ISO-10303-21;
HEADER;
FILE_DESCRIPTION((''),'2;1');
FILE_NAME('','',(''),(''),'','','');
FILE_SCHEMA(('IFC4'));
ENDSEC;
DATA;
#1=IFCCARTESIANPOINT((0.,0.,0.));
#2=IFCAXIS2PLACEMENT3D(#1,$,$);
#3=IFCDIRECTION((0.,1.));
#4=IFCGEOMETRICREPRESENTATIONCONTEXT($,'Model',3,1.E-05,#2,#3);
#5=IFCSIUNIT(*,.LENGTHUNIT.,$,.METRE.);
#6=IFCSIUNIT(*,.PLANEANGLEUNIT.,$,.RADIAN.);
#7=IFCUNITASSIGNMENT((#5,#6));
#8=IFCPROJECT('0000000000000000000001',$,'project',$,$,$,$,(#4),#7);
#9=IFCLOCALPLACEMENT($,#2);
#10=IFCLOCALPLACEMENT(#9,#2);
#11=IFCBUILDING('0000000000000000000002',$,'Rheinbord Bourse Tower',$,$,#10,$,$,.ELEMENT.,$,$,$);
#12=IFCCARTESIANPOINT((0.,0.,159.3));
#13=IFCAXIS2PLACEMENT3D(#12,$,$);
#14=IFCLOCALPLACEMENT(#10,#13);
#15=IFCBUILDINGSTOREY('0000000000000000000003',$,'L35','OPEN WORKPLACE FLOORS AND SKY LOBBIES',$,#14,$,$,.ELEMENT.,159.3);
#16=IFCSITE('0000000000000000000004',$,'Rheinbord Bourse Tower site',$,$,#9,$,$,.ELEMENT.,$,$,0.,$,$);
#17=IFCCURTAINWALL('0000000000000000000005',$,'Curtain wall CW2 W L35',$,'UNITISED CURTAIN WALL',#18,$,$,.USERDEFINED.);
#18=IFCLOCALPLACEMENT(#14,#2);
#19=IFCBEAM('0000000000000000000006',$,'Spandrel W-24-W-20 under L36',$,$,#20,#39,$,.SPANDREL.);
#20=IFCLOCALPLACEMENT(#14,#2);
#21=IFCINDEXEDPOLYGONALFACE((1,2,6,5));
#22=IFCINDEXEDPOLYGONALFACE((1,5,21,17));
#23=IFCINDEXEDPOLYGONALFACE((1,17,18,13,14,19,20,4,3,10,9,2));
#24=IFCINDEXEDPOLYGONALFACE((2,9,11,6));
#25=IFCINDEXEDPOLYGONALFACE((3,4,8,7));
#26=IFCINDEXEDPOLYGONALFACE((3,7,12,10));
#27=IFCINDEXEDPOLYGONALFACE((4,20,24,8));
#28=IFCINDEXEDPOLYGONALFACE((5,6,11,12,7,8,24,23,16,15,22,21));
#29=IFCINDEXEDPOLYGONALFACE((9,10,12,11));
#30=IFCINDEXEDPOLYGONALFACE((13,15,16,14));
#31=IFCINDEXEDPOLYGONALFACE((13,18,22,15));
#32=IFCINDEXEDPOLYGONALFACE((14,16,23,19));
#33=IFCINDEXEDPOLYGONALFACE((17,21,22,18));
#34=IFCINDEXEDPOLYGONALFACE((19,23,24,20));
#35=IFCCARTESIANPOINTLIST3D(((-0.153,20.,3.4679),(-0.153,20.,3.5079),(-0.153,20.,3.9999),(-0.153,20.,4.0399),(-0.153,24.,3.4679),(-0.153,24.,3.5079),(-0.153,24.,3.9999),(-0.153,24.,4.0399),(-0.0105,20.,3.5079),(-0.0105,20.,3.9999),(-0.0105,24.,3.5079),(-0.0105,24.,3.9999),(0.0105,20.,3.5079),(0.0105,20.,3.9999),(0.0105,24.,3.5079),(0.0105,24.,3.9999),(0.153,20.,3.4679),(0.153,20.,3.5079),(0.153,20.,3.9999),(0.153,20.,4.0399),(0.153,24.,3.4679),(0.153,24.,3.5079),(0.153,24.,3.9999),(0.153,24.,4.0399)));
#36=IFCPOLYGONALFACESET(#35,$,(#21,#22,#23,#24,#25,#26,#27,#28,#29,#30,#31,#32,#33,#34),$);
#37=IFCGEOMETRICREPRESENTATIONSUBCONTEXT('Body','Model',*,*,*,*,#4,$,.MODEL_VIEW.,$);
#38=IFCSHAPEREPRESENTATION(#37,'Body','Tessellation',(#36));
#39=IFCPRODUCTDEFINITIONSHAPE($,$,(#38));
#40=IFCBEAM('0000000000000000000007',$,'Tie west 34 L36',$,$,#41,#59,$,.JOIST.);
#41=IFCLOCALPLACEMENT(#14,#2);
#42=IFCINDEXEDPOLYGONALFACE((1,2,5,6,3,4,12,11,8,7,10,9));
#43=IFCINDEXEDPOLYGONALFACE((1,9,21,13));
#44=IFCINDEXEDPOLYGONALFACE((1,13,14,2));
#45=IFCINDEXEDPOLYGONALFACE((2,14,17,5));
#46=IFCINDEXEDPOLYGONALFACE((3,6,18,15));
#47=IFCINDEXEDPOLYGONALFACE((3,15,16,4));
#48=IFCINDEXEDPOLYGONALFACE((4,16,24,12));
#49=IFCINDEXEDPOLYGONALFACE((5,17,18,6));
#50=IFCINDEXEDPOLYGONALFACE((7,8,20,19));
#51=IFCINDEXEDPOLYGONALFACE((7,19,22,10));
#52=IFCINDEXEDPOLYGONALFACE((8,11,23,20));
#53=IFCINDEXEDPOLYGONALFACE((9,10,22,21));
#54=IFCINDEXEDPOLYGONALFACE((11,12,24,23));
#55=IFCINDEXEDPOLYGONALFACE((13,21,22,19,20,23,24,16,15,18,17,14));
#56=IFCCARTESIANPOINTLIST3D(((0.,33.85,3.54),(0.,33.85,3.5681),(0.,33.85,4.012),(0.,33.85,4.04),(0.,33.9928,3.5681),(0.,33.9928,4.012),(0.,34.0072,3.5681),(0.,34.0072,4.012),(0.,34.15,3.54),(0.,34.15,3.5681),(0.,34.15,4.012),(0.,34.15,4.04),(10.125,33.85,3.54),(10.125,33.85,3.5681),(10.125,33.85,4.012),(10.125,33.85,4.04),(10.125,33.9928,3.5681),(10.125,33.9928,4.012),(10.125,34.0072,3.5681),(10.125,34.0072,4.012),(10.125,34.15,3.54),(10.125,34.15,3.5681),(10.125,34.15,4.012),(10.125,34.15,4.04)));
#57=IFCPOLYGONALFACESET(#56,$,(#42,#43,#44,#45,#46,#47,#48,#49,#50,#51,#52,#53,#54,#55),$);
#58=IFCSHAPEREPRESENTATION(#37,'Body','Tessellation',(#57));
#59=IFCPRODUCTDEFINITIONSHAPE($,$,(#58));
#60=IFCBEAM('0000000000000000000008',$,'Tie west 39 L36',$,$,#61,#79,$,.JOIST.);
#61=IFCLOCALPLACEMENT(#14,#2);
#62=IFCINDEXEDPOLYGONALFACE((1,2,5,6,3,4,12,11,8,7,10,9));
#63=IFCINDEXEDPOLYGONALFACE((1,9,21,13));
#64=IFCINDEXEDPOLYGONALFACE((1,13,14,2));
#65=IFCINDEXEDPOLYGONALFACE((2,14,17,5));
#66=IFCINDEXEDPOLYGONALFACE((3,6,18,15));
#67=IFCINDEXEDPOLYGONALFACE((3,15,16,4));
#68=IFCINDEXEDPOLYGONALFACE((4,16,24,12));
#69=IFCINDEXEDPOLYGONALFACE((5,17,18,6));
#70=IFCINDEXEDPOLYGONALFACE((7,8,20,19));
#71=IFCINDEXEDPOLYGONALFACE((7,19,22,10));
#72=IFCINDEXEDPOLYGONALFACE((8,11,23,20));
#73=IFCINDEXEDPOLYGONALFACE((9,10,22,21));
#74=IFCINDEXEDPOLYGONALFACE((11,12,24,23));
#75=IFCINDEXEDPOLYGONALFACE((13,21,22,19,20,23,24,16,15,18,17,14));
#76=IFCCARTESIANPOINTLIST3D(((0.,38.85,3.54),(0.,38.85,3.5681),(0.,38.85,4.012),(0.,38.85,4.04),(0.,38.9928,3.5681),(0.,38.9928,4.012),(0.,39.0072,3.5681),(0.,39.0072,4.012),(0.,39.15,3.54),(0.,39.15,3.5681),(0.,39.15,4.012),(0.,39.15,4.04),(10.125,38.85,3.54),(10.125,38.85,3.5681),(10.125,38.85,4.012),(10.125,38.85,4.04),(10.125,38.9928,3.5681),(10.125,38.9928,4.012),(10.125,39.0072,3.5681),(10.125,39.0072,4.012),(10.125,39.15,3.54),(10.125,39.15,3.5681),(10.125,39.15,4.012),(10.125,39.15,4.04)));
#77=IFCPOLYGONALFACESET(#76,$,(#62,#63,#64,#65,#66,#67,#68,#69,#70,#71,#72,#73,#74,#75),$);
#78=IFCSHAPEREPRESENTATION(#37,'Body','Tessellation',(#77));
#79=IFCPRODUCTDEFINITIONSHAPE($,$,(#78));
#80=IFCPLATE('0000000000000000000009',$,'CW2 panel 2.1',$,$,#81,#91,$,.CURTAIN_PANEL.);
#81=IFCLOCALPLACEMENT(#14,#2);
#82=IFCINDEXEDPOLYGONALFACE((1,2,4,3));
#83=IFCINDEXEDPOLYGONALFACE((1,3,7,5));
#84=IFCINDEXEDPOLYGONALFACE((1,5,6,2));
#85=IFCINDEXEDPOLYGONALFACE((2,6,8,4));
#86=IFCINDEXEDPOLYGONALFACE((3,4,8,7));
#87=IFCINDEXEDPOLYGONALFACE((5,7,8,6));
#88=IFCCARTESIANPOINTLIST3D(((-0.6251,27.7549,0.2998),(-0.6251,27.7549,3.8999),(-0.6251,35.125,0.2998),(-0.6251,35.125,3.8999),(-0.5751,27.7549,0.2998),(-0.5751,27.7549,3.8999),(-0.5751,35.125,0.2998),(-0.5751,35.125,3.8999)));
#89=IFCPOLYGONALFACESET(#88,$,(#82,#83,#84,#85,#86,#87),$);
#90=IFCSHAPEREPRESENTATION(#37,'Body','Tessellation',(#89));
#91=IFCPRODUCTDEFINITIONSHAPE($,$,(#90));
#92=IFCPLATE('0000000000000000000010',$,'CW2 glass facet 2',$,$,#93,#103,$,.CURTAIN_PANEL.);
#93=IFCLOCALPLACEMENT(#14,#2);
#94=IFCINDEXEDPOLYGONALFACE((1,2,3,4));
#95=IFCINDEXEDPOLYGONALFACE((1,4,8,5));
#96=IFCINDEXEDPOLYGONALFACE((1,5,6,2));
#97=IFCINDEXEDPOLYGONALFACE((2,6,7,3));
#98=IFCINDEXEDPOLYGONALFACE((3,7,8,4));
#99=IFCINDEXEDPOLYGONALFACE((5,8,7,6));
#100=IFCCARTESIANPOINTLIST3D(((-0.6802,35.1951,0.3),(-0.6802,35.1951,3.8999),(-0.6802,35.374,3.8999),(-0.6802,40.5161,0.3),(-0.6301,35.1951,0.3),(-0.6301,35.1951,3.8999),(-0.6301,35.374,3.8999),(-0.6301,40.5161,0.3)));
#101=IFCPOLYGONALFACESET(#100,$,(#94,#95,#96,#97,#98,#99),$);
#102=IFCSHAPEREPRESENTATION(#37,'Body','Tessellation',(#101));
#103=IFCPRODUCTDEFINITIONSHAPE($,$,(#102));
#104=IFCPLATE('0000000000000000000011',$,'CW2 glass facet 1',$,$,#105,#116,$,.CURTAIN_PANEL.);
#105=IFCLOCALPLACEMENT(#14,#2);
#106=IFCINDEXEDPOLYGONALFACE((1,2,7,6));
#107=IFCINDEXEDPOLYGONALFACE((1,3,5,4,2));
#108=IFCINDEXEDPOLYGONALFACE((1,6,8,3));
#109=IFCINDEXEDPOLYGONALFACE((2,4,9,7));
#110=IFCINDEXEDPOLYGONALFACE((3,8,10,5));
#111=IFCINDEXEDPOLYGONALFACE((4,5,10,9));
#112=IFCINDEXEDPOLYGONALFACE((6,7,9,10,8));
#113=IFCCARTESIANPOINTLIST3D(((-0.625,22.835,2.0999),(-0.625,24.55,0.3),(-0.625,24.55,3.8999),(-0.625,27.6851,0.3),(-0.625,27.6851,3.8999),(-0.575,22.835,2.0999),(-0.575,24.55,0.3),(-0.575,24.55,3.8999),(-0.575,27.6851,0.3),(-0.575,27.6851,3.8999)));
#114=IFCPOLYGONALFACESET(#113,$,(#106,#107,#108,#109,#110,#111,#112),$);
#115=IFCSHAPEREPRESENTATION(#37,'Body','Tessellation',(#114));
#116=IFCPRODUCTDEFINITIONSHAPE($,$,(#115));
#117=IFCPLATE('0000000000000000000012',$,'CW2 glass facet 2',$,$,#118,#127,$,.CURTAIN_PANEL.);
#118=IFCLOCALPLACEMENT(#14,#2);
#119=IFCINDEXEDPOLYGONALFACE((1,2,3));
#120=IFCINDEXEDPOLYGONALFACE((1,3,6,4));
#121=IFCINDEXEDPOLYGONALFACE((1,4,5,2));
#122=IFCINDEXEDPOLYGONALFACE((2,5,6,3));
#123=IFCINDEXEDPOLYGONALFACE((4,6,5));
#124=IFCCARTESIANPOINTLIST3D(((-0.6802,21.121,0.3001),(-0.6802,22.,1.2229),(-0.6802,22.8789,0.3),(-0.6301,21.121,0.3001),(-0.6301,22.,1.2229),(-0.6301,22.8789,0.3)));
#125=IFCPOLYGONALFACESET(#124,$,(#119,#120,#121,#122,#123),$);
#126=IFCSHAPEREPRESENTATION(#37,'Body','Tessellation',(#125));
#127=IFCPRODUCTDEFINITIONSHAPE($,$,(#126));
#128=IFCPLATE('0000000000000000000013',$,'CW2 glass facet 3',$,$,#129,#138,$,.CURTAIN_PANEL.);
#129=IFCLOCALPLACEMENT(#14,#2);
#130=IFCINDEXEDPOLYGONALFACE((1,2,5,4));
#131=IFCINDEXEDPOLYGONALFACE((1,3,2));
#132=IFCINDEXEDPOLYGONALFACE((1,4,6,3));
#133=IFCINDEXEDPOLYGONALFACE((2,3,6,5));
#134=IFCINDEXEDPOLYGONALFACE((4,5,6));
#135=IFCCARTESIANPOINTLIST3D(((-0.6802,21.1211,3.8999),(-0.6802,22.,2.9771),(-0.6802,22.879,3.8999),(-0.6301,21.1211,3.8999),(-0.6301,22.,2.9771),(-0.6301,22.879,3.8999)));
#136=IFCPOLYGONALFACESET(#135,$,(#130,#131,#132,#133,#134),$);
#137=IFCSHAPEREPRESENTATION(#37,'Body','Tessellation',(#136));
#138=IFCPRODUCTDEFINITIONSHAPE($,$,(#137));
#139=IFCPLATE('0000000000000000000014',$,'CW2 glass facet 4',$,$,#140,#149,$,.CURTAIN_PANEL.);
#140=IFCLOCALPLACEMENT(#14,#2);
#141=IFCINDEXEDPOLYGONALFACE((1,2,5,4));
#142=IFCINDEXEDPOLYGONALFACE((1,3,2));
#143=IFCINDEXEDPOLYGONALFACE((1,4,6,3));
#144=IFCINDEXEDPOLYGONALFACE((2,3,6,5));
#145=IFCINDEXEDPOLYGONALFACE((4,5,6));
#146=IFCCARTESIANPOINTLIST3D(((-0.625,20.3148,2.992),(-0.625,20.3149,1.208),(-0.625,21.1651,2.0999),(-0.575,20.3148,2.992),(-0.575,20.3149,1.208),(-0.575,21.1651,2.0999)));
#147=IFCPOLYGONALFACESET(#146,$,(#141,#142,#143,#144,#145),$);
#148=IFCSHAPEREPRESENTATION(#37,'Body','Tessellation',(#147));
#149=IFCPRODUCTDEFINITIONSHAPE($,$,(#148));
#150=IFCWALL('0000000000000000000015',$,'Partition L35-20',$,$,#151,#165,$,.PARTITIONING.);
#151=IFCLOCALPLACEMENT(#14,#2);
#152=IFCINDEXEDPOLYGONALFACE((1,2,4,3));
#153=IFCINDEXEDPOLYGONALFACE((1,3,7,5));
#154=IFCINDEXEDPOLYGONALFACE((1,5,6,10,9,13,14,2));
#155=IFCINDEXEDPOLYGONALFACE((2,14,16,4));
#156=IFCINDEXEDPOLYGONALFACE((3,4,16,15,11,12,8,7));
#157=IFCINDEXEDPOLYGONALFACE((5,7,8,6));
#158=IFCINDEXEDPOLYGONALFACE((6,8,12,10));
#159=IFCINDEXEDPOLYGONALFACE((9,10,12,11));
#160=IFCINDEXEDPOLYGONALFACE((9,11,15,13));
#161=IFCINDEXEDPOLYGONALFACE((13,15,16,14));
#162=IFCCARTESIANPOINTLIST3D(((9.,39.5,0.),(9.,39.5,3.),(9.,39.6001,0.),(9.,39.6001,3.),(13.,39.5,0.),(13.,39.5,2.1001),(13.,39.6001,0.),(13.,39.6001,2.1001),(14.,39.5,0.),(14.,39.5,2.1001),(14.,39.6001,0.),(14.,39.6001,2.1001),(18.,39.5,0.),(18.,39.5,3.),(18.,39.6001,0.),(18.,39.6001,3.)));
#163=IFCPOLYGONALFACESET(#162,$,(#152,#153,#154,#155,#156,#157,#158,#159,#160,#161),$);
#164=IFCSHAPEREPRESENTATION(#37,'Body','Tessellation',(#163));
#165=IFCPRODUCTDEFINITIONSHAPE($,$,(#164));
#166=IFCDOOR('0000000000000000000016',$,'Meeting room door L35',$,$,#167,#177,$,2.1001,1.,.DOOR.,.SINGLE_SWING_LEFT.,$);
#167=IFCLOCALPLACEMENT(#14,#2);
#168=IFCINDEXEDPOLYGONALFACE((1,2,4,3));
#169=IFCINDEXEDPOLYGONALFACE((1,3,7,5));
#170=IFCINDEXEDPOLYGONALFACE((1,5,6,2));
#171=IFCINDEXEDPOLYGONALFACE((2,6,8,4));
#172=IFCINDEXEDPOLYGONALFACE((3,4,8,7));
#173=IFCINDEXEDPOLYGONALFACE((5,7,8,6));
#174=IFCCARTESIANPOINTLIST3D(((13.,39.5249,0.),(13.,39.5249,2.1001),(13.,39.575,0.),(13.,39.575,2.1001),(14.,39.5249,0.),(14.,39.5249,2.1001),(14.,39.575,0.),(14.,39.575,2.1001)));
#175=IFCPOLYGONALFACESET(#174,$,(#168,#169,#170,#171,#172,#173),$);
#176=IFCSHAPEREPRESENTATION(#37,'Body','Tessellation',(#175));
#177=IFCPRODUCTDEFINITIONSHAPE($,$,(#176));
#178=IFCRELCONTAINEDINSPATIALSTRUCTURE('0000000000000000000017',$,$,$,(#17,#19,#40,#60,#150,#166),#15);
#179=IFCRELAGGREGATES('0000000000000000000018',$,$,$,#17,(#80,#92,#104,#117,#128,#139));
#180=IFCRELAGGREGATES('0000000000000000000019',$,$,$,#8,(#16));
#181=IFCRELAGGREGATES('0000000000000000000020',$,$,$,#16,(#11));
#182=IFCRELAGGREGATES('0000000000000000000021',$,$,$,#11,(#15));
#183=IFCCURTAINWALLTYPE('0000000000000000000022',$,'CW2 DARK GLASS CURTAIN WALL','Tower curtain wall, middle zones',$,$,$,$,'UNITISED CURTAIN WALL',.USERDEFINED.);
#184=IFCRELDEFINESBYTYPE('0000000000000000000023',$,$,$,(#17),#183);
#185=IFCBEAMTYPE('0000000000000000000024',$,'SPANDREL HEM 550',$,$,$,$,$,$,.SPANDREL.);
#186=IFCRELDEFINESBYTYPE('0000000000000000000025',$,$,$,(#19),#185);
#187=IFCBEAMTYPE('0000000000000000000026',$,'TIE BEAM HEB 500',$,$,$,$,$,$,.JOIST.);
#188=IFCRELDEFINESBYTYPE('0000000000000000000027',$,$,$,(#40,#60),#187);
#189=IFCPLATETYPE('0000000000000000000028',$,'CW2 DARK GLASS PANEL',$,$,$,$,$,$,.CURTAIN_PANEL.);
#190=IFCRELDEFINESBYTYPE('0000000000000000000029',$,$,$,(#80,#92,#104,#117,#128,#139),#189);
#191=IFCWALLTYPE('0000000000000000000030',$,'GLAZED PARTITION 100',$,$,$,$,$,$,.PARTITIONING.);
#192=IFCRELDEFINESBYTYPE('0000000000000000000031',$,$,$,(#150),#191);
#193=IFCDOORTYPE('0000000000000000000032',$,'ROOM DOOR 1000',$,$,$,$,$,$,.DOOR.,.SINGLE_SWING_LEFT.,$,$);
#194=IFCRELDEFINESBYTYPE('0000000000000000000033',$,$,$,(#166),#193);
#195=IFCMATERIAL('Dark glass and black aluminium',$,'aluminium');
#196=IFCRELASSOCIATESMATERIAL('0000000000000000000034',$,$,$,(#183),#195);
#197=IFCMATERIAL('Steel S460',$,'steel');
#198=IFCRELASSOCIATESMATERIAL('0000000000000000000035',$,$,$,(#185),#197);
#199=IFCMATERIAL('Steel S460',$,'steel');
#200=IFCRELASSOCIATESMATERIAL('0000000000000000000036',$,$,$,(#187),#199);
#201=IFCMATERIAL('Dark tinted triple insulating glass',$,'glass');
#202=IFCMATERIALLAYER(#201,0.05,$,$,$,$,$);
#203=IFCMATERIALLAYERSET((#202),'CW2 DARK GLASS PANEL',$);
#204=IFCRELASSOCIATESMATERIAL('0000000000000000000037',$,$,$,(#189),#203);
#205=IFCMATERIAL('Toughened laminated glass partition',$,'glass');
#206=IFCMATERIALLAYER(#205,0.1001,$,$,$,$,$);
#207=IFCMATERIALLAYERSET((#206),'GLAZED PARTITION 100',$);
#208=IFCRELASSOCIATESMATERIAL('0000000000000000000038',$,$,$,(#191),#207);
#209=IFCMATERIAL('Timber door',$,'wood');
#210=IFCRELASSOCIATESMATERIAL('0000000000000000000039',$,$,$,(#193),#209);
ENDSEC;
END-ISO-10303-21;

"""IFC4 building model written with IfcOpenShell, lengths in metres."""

from ifc_helpers import new_model, si_unit, direction, frame, frame_2d, origin, origin_2d, place, context, subcontext, project, spatial, polyline, rectangle, i_section, outline, extrude, material, layer, layer_set, material_profile, profile_set, type_object, element, fill, aggregate, save


model = new_model("IFC4")

# Units and contexts
model_context = context("Model", 3, precision=1e-05, world=origin(), true_north=direction((0.0, 1.0)))
body_context = subcontext(model_context, "Body", "Model", "MODEL_VIEW")
ifc_project = project(units=[si_unit("LENGTHUNIT", "METRE"), si_unit("PLANEANGLEUNIT", "RADIAN")], contexts=[model_context])

# Site, building, storey
site_placement = place(None, origin())
site = spatial("IfcSite", under=ifc_project, at=site_placement, Name="Rheinbord Bourse Tower site", CompositionType="ELEMENT", RefElevation=0.0)
building_placement = place(site_placement, origin())
building = spatial("IfcBuilding", under=site, at=building_placement, Name="Rheinbord Bourse Tower", CompositionType="ELEMENT")
storey_placement = place(building_placement, frame((0.0, 0.0, 159.3)))
storey = spatial("IfcBuildingStorey", under=building, at=storey_placement, Name="L35", Description="OPEN WORKPLACE FLOORS AND SKY LOBBIES", CompositionType="ELEMENT", Elevation=159.3)

# Curtain wall
ifc_material_1 = material(Name="Dark glass and black aluminium", Category="aluminium")
curtain_wall_type = type_object("IfcCurtainWallType", Name="CW2 DARK GLASS CURTAIN WALL", Description="Tower curtain wall, middle zones", ElementType="UNITISED CURTAIN WALL", PredefinedType="USERDEFINED", material=ifc_material_1)
curtain_wall_placement = place(storey_placement, origin())
curtain_wall = element("IfcCurtainWall", 1, at=curtain_wall_placement, inside=storey, type_object=curtain_wall_type, Name="Curtain wall CW2 W L35", ObjectType="UNITISED CURTAIN WALL", PredefinedType="USERDEFINED")

# Beams
ifc_material_2 = material(Name="Steel S460", Category="steel")
ifc_material_profile_1 = material_profile(ifc_material_2, i_section(OverallWidth=0.3059, OverallDepth=0.572, WebThickness=0.021, FlangeThickness=0.04, at=origin_2d()), Name="HEM 550")
ifc_profile_set_1 = profile_set([ifc_material_profile_1], Name="Steel S460")
beam_type_1 = type_object("IfcBeamType", Name="SPANDREL HEM 550", PredefinedType="SPANDREL", material=ifc_profile_set_1)
for number, where, z_axis, x_axis, name in (
    (2, (0.0, 24.0, 3.7539), (0.0, -1.0, 0.0), (1.0, 0.0, 0.0), "Spandrel W-24-W-20 under L36"),
):
    element("IfcBeam", number, at=place(storey_placement, frame(where, z_axis=z_axis, x_axis=x_axis)), inside=storey, type_object=beam_type_1, Name=name, PredefinedType="SPANDREL", context=body_context, shape_type="SweptSolid", body=[
        extrude(i_section(OverallWidth=0.3059, OverallDepth=0.572, WebThickness=0.021, FlangeThickness=0.04, at=origin_2d()), origin(), (0.0, 0.0, 1.0), 4.0),
    ])
ifc_material_3 = material(Name="Steel S460", Category="steel")
ifc_material_profile_2 = material_profile(ifc_material_3, i_section(OverallWidth=0.3, OverallDepth=0.5, WebThickness=0.0144, FlangeThickness=0.0281, at=origin_2d()), Name="HEB 500")
ifc_profile_set_2 = profile_set([ifc_material_profile_2], Name="Steel S460")
beam_type_2 = type_object("IfcBeamType", Name="TIE BEAM HEB 500", PredefinedType="JOIST", material=ifc_profile_set_2)
for number, where, z_axis, x_axis, name in (
    (3, (0.0, 34.0, 3.79), (1.0, 0.0, 0.0), (0.0, 1.0, 0.0), "Tie west 34 L36"),
    (4, (0.0, 39.0, 3.79), (1.0, 0.0, 0.0), (0.0, 1.0, 0.0), "Tie west 39 L36"),
):
    element("IfcBeam", number, at=place(storey_placement, frame(where, z_axis=z_axis, x_axis=x_axis)), inside=storey, type_object=beam_type_2, Name=name, PredefinedType="JOIST", context=body_context, shape_type="SweptSolid", body=[
        extrude(i_section(OverallWidth=0.3, OverallDepth=0.5, WebThickness=0.0144, FlangeThickness=0.0281, at=origin_2d()), origin(), (0.0, 0.0, 1.0), 10.125),
    ])

# Plates
ifc_material_4 = material(Name="Dark tinted triple insulating glass", Category="glass")
ifc_layer_1 = layer(ifc_material_4, 0.05)
ifc_layer_set_1 = layer_set([ifc_layer_1], Name="CW2 DARK GLASS PANEL")
plate_type = type_object("IfcPlateType", Name="CW2 DARK GLASS PANEL", PredefinedType="CURTAIN_PANEL", material=ifc_layer_set_1)
plate_1_placement = place(storey_placement, frame((-0.6001, 31.4399, 0.2998), z_axis=(0.0, 0.0, 1.0), x_axis=(0.0, -1.0, 0.0)))
plate_1 = element("IfcPlate", 5, at=plate_1_placement, type_object=plate_type, Name="CW2 panel 2.1", PredefinedType="CURTAIN_PANEL", context=body_context, shape_type="SweptSolid", body=[
    extrude(rectangle(XDim=7.3701, YDim=0.05, at=origin_2d()), origin(), (0.0, 0.0, 1.0), 3.6001),
])
plate_2_placement = place(storey_placement, frame((-0.6802, 35.1951, 3.8999), z_axis=(1.0, 0.0, 0.0), x_axis=(0.0, 0.0, -1.0)))
plate_2 = element("IfcPlate", 6, at=plate_2_placement, type_object=plate_type, Name="CW2 glass facet 2", PredefinedType="CURTAIN_PANEL", context=body_context, shape_type="SweptSolid", body=[
    extrude(outline(polyline([(0.0, 0.0), (3.5999, 0.0), (3.5999, 5.321), (0.0, 0.179), (0.0, 0.0)])), origin(), (0.0, 0.0, 1.0), 0.05),
])
plate_3_placement = place(storey_placement, frame((-0.625, 27.6851, 0.3), z_axis=(1.0, 0.0, 0.0), x_axis=(0.0, 0.0, 1.0)))
plate_3 = element("IfcPlate", 7, at=plate_3_placement, type_object=plate_type, Name="CW2 glass facet 1", PredefinedType="CURTAIN_PANEL", context=body_context, shape_type="SweptSolid", body=[
    extrude(outline(polyline([(0.0, 0.0), (3.5999, 0.0), (3.5999, 3.135), (1.7998, 4.8501), (0.0, 3.135), (0.0, 0.0)])), origin(), (0.0, 0.0, 1.0), 0.05),
])
plate_4_placement = place(storey_placement, frame((-0.6802, 22.8789, 0.3), z_axis=(1.0, 0.0, 0.0), x_axis=(0.0, -0.689655, 0.724138)))
plate_4 = element("IfcPlate", 8, at=plate_4_placement, type_object=plate_type, Name="CW2 glass facet 2", PredefinedType="CURTAIN_PANEL", context=body_context, shape_type="SweptSolid", body=[
    extrude(outline(polyline([(0.0, 0.0), (1.2744, 0.0), (1.2124, 1.2729), (0.0, 0.0)])), origin(), (0.0, 0.0, 1.0), 0.05),
])
plate_5_placement = place(storey_placement, frame((-0.6802, 21.1211, 3.8999), z_axis=(1.0, 0.0, 0.0), x_axis=(0.0, 0.689655, -0.724138)))
plate_5 = element("IfcPlate", 9, at=plate_5_placement, type_object=plate_type, Name="CW2 glass facet 3", PredefinedType="CURTAIN_PANEL", context=body_context, shape_type="SweptSolid", body=[
    extrude(outline(polyline([(0.0, 0.0), (1.2744, 0.0), (1.2124, 1.2729), (0.0, 0.0)])), origin(), (0.0, 0.0, 1.0), 0.05),
])
plate_6_placement = place(storey_placement, frame((-0.625, 20.3149, 1.208), z_axis=(1.0, 0.0, 0.0), x_axis=(0.0, 0.689962, 0.723846)))
plate_6 = element("IfcPlate", 10, at=plate_6_placement, type_object=plate_type, Name="CW2 glass facet 4", PredefinedType="CURTAIN_PANEL", context=body_context, shape_type="SweptSolid", body=[
    extrude(outline(polyline([(0.0, 0.0), (1.2322, 0.0), (1.2913, 1.231), (0.0, 0.0)])), origin(), (0.0, 0.0, 1.0), 0.05),
])
aggregate(curtain_wall, [plate_1, plate_2, plate_3, plate_4, plate_5, plate_6])

# Wall, opening, door
ifc_material_5 = material(Name="Toughened laminated glass partition", Category="glass")
ifc_layer_2 = layer(ifc_material_5, 0.1001)
ifc_layer_set_2 = layer_set([ifc_layer_2], Name="GLAZED PARTITION 100")
wall_type_1 = type_object("IfcWallType", Name="GLAZED PARTITION 100", PredefinedType="PARTITIONING", material=ifc_layer_set_2)
wall_1_placement = place(storey_placement, frame((9.0, 39.55, 0.0), z_axis=(0.0, 0.0, 1.0), x_axis=(1.0, 0.0, 0.0)))
wall_1 = element("IfcWall", 11, at=wall_1_placement, inside=storey, type_object=wall_type_1, Name="Partition L35-20", PredefinedType="PARTITIONING", context=body_context, shape_type="SweptSolid", body=[
    extrude(rectangle(XDim=9.0, YDim=0.1001, at=frame_2d((4.5, 0.0))), origin(), (0.0, 0.0, 1.0), 3.0),
])
opening_1_placement = place(wall_1_placement, frame((4.0, 0.0, 0.0)))
opening_1 = element("IfcOpeningElement", 12, at=opening_1_placement, cuts=wall_1, PredefinedType="OPENING", context=body_context, shape_type="SweptSolid", body=[
    extrude(rectangle(XDim=1.0, YDim=2.1001, at=frame_2d((0.5, 1.05))), frame((0.0, 0.0601, 0.0), z_axis=(0.0, -1.0, 0.0), x_axis=(1.0, 0.0, 0.0)), (0.0, 0.0, 1.0), 0.1201),
])
ifc_material_6 = material(Name="Timber door", Category="wood")
door_type = type_object("IfcDoorType", Name="ROOM DOOR 1000", OperationType="SINGLE_SWING_LEFT", PredefinedType="DOOR", material=ifc_material_6)
door_1_placement = place(opening_1_placement, origin())
door_1 = element("IfcDoor", 13, at=door_1_placement, inside=storey, type_object=door_type, Name="Meeting room door L35", OperationType="SINGLE_SWING_LEFT", OverallHeight=2.1001, OverallWidth=1.0, PredefinedType="DOOR", context=body_context, shape_type="SweptSolid", body=[
    extrude(rectangle(XDim=1.0, YDim=2.1001, at=frame_2d((0.5, 1.05))), frame((0.0, 0.0249, 0.0), z_axis=(0.0, -1.0, 0.0), x_axis=(1.0, 0.0, 0.0)), (0.0, 0.0, 1.0), 0.05),
])
fill(opening_1, door_1)

save(model, "model.ifc")
